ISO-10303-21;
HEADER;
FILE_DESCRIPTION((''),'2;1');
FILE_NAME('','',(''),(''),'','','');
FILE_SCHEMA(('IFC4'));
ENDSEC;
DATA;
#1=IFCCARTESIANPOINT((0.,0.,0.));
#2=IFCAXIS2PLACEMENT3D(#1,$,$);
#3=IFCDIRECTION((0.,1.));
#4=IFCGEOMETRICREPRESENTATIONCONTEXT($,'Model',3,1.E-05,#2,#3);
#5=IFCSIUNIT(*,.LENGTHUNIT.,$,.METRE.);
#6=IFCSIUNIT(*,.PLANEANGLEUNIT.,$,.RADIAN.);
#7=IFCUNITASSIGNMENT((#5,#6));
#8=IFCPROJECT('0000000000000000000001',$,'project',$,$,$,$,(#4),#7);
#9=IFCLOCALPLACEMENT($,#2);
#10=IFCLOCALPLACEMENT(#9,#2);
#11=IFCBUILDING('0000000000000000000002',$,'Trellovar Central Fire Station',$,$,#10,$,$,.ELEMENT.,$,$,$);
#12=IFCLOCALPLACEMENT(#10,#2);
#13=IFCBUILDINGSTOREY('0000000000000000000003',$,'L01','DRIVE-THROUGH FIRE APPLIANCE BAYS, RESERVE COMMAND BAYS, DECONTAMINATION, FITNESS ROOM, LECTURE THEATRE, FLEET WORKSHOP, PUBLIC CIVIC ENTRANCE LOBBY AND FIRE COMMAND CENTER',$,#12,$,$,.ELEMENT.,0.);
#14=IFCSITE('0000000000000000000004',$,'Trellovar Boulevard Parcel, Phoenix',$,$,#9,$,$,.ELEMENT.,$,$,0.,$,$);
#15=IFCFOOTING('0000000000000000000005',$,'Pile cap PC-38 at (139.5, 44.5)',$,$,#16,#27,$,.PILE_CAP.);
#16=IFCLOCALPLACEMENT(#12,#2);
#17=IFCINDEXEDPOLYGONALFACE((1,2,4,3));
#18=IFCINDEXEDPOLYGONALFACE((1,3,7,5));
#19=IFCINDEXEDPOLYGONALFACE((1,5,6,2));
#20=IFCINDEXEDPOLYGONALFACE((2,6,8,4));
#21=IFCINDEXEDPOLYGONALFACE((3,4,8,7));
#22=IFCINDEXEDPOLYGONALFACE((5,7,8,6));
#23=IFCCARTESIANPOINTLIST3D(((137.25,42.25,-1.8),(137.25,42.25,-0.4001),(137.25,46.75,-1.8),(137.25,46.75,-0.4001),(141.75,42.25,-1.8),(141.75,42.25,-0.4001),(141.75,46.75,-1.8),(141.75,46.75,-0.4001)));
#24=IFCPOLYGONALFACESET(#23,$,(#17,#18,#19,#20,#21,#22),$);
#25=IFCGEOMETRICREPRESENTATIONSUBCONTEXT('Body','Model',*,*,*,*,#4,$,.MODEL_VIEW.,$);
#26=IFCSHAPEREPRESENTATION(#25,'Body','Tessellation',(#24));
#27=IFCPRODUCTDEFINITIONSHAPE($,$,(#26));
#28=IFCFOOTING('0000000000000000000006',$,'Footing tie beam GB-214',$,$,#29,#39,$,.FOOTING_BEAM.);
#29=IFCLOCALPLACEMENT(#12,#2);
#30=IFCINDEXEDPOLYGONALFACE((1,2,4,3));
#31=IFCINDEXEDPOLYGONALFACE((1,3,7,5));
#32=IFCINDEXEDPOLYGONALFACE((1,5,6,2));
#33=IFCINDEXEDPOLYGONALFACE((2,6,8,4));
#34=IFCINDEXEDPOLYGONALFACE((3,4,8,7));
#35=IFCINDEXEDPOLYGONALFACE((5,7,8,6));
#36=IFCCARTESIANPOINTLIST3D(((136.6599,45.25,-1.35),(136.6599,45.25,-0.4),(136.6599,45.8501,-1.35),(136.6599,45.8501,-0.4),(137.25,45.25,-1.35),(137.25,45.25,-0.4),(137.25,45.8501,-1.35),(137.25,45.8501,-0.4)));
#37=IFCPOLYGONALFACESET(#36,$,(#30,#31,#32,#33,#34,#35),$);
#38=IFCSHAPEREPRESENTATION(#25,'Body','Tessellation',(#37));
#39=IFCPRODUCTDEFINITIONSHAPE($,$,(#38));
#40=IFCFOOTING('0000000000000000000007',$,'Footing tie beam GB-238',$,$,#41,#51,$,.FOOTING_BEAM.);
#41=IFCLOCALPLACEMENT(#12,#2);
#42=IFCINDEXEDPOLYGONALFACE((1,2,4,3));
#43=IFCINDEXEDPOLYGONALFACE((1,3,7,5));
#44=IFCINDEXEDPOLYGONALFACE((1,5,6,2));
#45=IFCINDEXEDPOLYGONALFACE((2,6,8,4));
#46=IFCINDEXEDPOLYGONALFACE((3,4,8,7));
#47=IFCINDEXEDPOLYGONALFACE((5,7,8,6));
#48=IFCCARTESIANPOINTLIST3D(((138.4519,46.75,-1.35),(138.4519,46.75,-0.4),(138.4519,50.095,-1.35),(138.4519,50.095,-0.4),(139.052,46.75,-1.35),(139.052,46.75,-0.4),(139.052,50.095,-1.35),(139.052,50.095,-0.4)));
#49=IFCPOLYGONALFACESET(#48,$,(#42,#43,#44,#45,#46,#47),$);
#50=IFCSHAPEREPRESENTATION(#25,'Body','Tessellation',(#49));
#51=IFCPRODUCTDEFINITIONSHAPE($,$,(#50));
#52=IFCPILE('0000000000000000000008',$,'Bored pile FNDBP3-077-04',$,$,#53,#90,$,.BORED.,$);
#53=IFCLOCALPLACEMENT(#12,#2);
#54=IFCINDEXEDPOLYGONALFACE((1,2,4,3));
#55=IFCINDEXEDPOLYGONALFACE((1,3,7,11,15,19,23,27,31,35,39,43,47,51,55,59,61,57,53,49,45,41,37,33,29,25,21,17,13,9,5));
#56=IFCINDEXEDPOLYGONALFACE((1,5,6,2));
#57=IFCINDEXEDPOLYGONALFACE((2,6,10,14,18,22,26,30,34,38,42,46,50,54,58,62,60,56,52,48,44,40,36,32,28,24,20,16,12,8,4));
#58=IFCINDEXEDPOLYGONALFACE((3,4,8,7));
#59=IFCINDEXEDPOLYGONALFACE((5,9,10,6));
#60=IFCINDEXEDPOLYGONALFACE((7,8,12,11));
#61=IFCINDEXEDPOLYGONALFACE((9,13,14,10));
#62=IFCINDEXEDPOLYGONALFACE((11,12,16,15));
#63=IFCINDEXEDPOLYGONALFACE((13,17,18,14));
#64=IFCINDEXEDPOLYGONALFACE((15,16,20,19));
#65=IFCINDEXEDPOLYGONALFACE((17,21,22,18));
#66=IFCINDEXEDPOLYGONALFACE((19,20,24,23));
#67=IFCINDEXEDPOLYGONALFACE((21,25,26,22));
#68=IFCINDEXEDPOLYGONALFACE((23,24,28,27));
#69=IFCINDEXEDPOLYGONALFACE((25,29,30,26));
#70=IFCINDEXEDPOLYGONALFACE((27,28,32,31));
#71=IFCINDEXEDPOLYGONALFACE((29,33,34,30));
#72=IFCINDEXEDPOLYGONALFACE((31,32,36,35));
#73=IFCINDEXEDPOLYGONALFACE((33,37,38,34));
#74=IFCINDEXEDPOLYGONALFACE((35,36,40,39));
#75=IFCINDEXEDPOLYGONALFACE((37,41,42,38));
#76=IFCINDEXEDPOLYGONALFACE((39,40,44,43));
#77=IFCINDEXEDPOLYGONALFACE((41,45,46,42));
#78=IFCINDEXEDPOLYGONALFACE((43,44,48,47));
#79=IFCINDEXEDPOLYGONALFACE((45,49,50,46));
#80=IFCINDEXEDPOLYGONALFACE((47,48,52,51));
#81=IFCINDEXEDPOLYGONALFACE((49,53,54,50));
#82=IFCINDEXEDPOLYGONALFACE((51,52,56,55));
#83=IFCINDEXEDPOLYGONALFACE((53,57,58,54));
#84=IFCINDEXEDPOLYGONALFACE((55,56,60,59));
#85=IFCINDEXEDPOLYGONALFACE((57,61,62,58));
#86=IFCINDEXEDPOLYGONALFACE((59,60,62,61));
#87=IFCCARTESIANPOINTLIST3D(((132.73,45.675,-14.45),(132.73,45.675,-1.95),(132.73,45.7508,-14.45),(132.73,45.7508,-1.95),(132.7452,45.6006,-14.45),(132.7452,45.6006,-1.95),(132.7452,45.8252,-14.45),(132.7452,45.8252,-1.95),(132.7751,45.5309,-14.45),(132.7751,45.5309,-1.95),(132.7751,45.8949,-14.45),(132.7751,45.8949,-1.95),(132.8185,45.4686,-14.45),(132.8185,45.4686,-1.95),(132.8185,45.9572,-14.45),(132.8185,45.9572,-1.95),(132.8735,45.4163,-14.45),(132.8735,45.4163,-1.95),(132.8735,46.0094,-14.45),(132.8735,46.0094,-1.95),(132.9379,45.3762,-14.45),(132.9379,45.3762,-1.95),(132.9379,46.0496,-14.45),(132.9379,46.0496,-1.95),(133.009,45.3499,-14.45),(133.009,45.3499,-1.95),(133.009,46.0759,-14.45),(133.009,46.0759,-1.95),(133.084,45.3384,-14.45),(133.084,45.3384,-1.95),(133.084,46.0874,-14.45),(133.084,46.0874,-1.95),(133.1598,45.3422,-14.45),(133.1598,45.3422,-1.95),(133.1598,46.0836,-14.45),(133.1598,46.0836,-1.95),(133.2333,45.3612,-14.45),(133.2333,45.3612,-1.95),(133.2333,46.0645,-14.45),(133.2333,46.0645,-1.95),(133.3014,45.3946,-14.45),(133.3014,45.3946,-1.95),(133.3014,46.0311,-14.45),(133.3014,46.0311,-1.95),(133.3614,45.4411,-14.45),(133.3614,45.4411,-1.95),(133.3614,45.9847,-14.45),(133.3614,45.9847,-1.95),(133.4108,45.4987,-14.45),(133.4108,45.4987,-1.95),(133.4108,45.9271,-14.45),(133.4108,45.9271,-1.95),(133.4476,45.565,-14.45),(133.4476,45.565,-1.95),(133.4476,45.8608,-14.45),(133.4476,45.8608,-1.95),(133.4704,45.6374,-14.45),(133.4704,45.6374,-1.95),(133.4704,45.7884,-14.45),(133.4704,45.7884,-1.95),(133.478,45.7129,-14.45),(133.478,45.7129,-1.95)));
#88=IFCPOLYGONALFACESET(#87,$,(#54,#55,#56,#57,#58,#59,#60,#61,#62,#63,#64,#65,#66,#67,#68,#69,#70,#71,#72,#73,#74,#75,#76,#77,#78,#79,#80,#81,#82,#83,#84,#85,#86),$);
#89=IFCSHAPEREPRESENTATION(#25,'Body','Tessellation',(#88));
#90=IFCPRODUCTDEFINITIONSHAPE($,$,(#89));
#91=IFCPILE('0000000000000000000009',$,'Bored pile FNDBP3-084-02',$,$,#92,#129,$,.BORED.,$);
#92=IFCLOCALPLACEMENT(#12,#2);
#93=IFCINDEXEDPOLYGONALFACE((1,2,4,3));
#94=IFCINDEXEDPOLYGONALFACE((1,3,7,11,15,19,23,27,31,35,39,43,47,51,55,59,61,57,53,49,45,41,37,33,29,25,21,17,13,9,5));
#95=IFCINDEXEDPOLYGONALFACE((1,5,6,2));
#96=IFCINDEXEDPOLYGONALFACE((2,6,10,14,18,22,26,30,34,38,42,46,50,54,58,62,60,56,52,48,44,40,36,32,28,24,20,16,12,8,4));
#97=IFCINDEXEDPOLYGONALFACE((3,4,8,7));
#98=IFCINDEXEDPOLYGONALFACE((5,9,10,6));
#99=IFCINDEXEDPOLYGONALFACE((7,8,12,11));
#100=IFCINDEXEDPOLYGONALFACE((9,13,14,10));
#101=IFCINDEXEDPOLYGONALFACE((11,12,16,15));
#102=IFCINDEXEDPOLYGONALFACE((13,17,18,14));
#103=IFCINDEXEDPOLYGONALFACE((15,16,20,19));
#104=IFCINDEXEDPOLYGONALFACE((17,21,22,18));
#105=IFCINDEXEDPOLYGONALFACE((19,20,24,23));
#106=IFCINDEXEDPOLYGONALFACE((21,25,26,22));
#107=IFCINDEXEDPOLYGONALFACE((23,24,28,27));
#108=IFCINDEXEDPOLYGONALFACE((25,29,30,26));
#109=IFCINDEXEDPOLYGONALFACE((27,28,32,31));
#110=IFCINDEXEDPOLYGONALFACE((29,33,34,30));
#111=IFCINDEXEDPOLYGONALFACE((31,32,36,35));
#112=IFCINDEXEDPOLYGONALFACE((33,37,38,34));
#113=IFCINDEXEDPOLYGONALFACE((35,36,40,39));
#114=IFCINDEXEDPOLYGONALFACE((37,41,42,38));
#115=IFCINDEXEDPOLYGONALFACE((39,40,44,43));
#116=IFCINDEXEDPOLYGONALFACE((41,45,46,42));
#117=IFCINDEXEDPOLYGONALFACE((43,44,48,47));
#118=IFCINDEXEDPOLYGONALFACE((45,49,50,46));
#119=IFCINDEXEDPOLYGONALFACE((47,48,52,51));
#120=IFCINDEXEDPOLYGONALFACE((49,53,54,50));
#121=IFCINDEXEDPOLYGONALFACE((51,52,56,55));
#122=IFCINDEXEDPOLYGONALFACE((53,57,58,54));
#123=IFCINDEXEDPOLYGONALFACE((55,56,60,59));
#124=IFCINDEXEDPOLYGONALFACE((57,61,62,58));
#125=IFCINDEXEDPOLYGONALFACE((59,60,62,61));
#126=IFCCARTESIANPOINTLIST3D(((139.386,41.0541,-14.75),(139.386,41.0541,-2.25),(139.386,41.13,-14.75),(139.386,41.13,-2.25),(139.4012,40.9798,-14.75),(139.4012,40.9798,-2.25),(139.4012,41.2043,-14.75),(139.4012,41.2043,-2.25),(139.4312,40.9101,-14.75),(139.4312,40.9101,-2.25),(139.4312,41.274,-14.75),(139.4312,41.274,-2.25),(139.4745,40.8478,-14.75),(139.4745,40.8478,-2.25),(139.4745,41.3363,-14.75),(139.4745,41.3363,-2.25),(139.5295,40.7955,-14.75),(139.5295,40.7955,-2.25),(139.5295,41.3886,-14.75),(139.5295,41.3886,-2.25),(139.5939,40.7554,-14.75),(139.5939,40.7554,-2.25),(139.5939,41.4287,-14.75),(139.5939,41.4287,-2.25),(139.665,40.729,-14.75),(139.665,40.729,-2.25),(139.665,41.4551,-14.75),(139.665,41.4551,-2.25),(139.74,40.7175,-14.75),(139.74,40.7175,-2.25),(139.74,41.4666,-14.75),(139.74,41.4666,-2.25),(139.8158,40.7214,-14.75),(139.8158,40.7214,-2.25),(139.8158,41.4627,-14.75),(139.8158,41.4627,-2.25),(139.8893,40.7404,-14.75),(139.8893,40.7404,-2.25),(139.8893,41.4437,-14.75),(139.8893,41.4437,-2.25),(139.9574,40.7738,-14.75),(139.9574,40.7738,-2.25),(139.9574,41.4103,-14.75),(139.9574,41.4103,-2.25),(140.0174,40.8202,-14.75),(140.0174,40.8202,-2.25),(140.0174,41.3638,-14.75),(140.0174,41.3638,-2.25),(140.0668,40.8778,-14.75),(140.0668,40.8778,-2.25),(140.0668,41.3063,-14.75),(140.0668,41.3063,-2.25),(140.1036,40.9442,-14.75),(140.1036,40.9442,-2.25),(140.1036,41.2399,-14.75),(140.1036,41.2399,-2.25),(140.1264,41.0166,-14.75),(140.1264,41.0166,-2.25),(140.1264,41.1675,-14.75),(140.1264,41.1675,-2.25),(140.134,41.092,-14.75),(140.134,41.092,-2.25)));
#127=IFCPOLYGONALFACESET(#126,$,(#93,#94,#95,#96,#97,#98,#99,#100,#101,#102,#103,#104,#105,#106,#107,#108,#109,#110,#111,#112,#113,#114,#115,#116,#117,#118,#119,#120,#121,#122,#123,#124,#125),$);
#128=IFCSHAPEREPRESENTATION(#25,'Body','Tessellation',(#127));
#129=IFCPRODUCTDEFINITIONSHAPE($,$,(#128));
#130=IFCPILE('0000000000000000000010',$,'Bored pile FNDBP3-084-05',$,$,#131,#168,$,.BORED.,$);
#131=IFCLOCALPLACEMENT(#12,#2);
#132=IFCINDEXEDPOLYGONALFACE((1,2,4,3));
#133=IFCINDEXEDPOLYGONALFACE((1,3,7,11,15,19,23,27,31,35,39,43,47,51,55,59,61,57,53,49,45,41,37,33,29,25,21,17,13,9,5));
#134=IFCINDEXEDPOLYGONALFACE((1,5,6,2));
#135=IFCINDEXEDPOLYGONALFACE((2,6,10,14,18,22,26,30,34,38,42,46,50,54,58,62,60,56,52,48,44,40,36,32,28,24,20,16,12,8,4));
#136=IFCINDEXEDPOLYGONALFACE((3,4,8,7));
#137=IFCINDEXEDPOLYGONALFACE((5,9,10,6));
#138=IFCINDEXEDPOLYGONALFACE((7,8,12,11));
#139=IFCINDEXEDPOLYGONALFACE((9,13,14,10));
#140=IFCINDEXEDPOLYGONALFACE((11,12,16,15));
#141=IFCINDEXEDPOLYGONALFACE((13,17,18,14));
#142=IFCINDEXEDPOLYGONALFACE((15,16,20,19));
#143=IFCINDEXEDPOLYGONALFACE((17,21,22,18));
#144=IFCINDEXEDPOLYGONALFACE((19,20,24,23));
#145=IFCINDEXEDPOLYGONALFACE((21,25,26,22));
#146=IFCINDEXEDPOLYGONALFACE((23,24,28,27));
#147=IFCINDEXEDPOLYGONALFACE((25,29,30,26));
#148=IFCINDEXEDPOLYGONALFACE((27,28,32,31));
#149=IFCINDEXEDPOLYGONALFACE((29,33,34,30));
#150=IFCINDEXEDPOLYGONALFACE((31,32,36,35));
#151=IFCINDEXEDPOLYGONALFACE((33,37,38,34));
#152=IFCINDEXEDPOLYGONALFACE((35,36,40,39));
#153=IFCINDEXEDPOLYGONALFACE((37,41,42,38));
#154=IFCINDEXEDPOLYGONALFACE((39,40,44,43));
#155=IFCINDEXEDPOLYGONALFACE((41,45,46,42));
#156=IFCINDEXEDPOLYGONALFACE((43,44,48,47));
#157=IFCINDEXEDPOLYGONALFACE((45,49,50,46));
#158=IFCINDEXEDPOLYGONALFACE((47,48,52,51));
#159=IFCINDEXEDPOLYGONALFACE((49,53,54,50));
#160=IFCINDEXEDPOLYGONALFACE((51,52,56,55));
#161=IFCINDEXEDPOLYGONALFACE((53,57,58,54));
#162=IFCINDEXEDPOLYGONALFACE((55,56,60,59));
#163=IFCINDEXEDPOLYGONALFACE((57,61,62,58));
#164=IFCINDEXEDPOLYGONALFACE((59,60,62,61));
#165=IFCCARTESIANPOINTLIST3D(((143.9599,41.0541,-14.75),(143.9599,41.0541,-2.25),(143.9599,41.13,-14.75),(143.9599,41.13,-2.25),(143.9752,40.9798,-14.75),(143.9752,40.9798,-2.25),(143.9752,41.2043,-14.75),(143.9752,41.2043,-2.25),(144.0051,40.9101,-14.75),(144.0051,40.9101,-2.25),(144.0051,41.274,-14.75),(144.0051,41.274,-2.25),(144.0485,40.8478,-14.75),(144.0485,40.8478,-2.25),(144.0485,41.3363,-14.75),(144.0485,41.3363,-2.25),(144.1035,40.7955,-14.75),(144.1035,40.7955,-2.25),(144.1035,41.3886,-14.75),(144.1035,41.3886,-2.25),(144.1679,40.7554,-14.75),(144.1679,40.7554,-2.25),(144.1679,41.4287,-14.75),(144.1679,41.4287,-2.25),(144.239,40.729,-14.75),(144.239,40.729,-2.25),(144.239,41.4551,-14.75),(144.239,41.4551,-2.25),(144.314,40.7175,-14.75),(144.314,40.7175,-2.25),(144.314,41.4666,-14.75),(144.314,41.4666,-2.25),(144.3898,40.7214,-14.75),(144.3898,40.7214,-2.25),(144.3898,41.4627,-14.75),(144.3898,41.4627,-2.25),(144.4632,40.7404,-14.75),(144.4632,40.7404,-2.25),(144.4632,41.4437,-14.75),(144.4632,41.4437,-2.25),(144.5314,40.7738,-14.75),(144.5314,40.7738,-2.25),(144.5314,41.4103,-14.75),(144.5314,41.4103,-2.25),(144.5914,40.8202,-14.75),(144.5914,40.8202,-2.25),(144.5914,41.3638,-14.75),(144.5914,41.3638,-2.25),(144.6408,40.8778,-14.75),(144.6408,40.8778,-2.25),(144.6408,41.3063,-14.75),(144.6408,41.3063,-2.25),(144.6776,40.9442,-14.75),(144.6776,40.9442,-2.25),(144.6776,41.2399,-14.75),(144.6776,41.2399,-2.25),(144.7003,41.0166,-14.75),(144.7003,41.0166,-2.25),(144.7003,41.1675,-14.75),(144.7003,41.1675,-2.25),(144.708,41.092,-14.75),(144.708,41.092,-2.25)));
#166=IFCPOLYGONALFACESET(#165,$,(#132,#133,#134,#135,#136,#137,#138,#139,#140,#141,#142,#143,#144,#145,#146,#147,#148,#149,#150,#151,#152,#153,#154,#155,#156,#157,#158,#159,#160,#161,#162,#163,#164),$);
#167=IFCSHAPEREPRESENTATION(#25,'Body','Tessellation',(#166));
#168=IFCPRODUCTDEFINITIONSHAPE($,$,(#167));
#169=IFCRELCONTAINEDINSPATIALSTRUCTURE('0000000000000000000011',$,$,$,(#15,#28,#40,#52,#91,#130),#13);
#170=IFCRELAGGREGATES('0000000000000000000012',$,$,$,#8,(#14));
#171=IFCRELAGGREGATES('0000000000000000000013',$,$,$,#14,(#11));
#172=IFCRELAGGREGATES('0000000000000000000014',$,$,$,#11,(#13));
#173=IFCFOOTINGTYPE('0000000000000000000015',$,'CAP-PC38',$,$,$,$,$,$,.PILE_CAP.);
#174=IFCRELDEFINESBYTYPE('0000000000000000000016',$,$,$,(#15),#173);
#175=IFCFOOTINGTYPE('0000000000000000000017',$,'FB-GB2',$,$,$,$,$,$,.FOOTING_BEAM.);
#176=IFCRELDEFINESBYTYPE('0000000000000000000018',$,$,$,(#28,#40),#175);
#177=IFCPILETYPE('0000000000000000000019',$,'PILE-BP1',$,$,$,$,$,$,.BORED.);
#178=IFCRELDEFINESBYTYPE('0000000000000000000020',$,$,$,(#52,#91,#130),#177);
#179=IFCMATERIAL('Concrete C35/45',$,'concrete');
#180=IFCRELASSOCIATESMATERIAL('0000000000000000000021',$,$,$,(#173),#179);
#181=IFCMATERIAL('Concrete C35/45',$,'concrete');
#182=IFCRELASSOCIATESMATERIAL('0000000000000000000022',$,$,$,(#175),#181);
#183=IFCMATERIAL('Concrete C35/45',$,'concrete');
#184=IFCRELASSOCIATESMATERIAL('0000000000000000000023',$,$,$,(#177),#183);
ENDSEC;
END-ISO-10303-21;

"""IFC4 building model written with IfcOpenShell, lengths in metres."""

from ifc_helpers import new_model, si_unit, direction, frame, origin, origin_2d, place, context, subcontext, project, spatial, rectangle, circle, extrude, material, material_profile, profile_set, type_object, element, save


model = new_model("IFC4")

# Units and contexts
model_context = context("Model", 3, precision=1e-05, world=origin(), true_north=direction((0.0, 1.0)))
body_context = subcontext(model_context, "Body", "Model", "MODEL_VIEW")
ifc_project = project(units=[si_unit("LENGTHUNIT", "METRE"), si_unit("PLANEANGLEUNIT", "RADIAN")], contexts=[model_context])

# Site, building, storey
site_placement = place(None, origin())
site = spatial("IfcSite", under=ifc_project, at=site_placement, Name="Trellovar Boulevard Parcel, Phoenix", CompositionType="ELEMENT", RefElevation=0.0)
building_placement = place(site_placement, origin())
building = spatial("IfcBuilding", under=site, at=building_placement, Name="Trellovar Central Fire Station", CompositionType="ELEMENT")
storey_placement = place(building_placement, origin())
storey = spatial("IfcBuildingStorey", under=building, at=storey_placement, Name="L01", Description="DRIVE-THROUGH FIRE APPLIANCE BAYS, RESERVE COMMAND BAYS, DECONTAMINATION, FITNESS ROOM, LECTURE THEATRE, FLEET WORKSHOP, PUBLIC CIVIC ENTRANCE LOBBY AND FIRE COMMAND CENTER", CompositionType="ELEMENT", Elevation=0.0)

# Footings
ifc_material_1 = material(Name="Concrete C35/45", Category="concrete")
footing_type_1 = type_object("IfcFootingType", Name="CAP-PC38", PredefinedType="PILE_CAP", material=ifc_material_1)
footing_1_placement = place(storey_placement, frame((139.5, 44.5, -1.8), z_axis=(0.0, 0.0, 1.0), x_axis=(1.0, 0.0, 0.0)))
element("IfcFooting", 1, at=footing_1_placement, inside=storey, type_object=footing_type_1, Name="Pile cap PC-38 at (139.5, 44.5)", PredefinedType="PILE_CAP", context=body_context, shape_type="SweptSolid", body=[
    extrude(rectangle(XDim=4.5, YDim=4.5, at=origin_2d()), origin(), (0.0, 0.0, 1.0), 1.3999),
])
ifc_material_2 = material(Name="Concrete C35/45", Category="concrete")
ifc_material_profile_1 = material_profile(ifc_material_2, rectangle(XDim=0.6001, YDim=0.95, at=origin_2d()), Name="RC600X950")
ifc_profile_set_1 = profile_set([ifc_material_profile_1], Name="Concrete C35/45")
footing_type_2 = type_object("IfcFootingType", Name="FB-GB2", PredefinedType="FOOTING_BEAM", material=ifc_profile_set_1)
footing_2_placement = place(storey_placement, frame((136.6599, 45.55, -0.875), z_axis=(1.0, 0.0, 0.0), x_axis=(0.0, 1.0, 0.0)))
element("IfcFooting", 2, at=footing_2_placement, inside=storey, type_object=footing_type_2, Name="Footing tie beam GB-214", PredefinedType="FOOTING_BEAM", context=body_context, shape_type="SweptSolid", body=[
    extrude(rectangle(XDim=0.6001, YDim=0.95, at=origin_2d()), origin(), (0.0, 0.0, 1.0), 0.5901),
])
footing_3_placement = place(storey_placement, frame((138.752, 46.75, -0.875), z_axis=(0.0, 1.0, 0.0), x_axis=(-1.0, 0.0, 0.0)))
element("IfcFooting", 3, at=footing_3_placement, inside=storey, type_object=footing_type_2, Name="Footing tie beam GB-238", PredefinedType="FOOTING_BEAM", context=body_context, shape_type="SweptSolid", body=[
    extrude(rectangle(XDim=0.6001, YDim=0.95, at=origin_2d()), origin(), (0.0, 0.0, 1.0), 3.345),
])

# Piles
ifc_material_3 = material(Name="Concrete C35/45", Category="concrete")
ifc_material_profile_2 = material_profile(ifc_material_3, circle(Radius=0.375, at=origin_2d()), Name="PILE750")
ifc_profile_set_2 = profile_set([ifc_material_profile_2], Name="Concrete C35/45")
pile_type_1 = type_object("IfcPileType", Name="PILE-BP1", PredefinedType="BORED", material=ifc_profile_set_2)
for number, where, z_axis, x_axis, name in (
    (4, (133.103, 45.7129, -1.95), (0.0, 0.0, -1.0), (1.0, 0.0, 0.0), "Bored pile FNDBP3-077-04"),
    (5, (139.759, 41.092, -2.25), (0.0, 0.0, -1.0), (1.0, 0.0, 0.0), "Bored pile FNDBP3-084-02"),
    (6, (144.333, 41.092, -2.25), (0.0, 0.0, -1.0), (1.0, 0.0, 0.0), "Bored pile FNDBP3-084-05"),
):
    element("IfcPile", number, at=place(storey_placement, frame(where, z_axis=z_axis, x_axis=x_axis)), inside=storey, type_object=pile_type_1, Name=name, PredefinedType="BORED", context=body_context, shape_type="SweptSolid", body=[
        extrude(circle(Radius=0.375, at=origin_2d()), origin(), (0.0, 0.0, 1.0), 12.5),
    ])

save(model, "model.ifc")
